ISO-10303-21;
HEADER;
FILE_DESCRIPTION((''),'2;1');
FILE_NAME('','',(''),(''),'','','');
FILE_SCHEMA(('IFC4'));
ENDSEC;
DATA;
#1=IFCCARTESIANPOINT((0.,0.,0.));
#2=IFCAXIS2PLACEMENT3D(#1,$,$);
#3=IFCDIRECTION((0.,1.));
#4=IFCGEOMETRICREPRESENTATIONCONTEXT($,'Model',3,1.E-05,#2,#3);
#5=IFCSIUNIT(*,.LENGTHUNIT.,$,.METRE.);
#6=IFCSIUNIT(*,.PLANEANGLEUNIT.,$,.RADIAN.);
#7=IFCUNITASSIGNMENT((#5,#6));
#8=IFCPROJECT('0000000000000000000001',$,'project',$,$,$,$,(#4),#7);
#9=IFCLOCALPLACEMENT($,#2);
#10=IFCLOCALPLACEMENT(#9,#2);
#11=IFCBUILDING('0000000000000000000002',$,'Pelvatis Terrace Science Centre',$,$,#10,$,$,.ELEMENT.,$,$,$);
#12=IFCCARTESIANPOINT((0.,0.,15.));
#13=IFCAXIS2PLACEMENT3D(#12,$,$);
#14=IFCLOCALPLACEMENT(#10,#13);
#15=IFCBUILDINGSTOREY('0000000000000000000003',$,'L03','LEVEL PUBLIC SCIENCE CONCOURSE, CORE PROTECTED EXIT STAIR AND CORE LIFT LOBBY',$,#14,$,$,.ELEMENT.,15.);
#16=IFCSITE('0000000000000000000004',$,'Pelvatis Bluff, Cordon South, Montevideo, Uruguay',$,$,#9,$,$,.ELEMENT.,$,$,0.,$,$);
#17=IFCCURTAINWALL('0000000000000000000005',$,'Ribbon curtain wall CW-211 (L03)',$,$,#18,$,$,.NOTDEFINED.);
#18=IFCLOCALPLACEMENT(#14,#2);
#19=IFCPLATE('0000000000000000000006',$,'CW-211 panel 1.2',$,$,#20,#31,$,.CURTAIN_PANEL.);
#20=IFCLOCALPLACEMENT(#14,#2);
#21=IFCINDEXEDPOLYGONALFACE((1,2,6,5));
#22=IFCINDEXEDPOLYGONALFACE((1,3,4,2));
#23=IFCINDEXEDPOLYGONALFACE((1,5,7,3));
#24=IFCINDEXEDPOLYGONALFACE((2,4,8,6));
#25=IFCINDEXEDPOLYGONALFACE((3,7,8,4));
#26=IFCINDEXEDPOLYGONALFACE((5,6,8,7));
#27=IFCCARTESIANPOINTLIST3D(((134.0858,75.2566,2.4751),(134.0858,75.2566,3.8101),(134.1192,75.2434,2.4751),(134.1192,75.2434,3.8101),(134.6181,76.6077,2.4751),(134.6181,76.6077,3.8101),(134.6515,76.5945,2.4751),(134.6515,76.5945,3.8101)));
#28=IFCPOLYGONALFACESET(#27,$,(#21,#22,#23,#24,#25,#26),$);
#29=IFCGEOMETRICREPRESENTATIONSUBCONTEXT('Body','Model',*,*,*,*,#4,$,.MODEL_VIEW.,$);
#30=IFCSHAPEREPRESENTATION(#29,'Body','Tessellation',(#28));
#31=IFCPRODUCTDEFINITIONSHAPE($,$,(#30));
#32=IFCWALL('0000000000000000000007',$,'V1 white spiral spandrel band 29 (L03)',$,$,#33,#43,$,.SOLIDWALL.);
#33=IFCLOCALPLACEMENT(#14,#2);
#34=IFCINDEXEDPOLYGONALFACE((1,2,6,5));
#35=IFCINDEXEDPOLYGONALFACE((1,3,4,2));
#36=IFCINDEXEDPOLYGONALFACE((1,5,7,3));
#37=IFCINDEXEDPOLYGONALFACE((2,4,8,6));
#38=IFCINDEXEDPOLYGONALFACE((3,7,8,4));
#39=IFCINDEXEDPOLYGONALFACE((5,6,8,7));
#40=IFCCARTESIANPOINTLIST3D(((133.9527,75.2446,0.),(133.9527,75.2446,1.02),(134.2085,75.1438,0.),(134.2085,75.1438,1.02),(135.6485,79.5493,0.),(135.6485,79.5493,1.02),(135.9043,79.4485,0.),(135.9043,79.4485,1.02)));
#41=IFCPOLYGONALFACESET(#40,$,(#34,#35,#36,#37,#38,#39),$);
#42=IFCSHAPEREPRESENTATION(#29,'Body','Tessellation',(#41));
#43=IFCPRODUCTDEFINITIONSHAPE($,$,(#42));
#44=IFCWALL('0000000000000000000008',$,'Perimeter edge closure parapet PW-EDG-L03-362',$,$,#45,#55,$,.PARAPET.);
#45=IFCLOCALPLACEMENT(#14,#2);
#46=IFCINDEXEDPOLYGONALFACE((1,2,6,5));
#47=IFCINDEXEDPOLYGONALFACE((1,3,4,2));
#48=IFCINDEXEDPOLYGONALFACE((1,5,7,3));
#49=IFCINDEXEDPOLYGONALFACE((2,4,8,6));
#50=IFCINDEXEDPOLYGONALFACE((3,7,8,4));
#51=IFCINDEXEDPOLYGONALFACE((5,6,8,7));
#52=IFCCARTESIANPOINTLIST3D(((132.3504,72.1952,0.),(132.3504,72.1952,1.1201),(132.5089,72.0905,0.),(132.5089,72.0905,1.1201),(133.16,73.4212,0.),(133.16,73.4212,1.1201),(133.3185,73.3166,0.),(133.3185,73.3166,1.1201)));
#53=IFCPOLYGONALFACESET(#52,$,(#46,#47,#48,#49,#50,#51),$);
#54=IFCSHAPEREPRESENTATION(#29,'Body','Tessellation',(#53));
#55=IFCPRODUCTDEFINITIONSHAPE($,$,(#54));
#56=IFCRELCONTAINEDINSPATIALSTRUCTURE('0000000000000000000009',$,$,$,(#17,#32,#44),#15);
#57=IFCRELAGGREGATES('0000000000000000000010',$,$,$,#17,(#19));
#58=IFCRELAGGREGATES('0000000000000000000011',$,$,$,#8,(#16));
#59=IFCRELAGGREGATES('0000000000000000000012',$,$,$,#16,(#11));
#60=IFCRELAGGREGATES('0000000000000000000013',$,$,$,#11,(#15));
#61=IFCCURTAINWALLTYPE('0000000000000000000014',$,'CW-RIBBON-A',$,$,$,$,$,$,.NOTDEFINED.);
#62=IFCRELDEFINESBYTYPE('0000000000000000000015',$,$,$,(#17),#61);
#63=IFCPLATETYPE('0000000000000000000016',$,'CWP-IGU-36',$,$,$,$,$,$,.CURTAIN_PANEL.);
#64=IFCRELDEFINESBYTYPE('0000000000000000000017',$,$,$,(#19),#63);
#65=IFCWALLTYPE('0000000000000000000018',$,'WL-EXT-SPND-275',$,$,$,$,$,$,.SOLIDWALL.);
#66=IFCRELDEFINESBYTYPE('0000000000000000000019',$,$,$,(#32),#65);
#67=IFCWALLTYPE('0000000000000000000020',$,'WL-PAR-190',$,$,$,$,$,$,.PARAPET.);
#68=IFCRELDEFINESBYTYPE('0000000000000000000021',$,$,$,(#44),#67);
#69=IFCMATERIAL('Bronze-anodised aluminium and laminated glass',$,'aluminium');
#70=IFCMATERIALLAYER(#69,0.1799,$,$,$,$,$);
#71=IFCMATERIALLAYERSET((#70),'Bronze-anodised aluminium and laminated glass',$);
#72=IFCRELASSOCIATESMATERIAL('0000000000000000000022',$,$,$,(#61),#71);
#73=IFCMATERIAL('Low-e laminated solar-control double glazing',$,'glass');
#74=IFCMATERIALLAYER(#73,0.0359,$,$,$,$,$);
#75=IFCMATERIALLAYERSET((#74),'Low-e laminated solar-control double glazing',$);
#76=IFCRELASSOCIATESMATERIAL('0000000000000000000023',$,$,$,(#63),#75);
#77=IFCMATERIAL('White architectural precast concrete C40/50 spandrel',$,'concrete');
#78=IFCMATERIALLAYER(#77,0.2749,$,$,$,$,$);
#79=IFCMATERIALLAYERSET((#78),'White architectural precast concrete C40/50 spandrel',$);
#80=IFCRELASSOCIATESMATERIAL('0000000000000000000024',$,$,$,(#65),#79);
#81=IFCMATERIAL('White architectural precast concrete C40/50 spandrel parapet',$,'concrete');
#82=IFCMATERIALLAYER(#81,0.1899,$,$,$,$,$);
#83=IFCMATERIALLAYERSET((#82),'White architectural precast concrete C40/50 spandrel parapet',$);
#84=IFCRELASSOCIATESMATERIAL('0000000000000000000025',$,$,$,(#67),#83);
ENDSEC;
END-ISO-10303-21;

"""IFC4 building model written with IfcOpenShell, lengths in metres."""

from ifc_helpers import new_model, si_unit, direction, frame, frame_2d, origin, origin_2d, place, context, subcontext, project, spatial, rectangle, extrude, material, layer, layer_set, type_object, element, aggregate, save


model = new_model("IFC4")

# Units and contexts
model_context = context("Model", 3, precision=1e-05, world=origin(), true_north=direction((0.0, 1.0)))
body_context = subcontext(model_context, "Body", "Model", "MODEL_VIEW")
ifc_project = project(units=[si_unit("LENGTHUNIT", "METRE"), si_unit("PLANEANGLEUNIT", "RADIAN")], contexts=[model_context])

# Site, building, storey
site_placement = place(None, origin())
site = spatial("IfcSite", under=ifc_project, at=site_placement, Name="Pelvatis Bluff, Cordon South, Montevideo, Uruguay", CompositionType="ELEMENT", RefElevation=0.0)
building_placement = place(site_placement, origin())
building = spatial("IfcBuilding", under=site, at=building_placement, Name="Pelvatis Terrace Science Centre", CompositionType="ELEMENT")
storey_placement = place(building_placement, frame((0.0, 0.0, 15.0)))
storey = spatial("IfcBuildingStorey", under=building, at=storey_placement, Name="L03", Description="LEVEL PUBLIC SCIENCE CONCOURSE, CORE PROTECTED EXIT STAIR AND CORE LIFT LOBBY", CompositionType="ELEMENT", Elevation=15.0)

# Shared definitions
ifc_material_1 = material(Name="Bronze-anodised aluminium and laminated glass", Category="aluminium")
ifc_layer_1 = layer(ifc_material_1, 0.1799)
ifc_layer_set_1 = layer_set([ifc_layer_1], Name="Bronze-anodised aluminium and laminated glass")
curtain_wall_type = type_object("IfcCurtainWallType", Name="CW-RIBBON-A", PredefinedType="NOTDEFINED", material=ifc_layer_set_1)

# Curtain wall
curtain_wall_1_placement = place(storey_placement, origin())
curtain_wall_1 = element("IfcCurtainWall", 1, at=curtain_wall_1_placement, inside=storey, type_object=curtain_wall_type, Name="Ribbon curtain wall CW-211 (L03)", PredefinedType="NOTDEFINED")

# Plate
ifc_material_2 = material(Name="Low-e laminated solar-control double glazing", Category="glass")
ifc_layer_2 = layer(ifc_material_2, 0.0359)
ifc_layer_set_2 = layer_set([ifc_layer_2], Name="Low-e laminated solar-control double glazing")
plate_type = type_object("IfcPlateType", Name="CWP-IGU-36", PredefinedType="CURTAIN_PANEL", material=ifc_layer_set_2)
plate_1_placement = place(storey_placement, frame((134.3687, 75.9255, 2.4751), z_axis=(0.0, 0.0, 1.0), x_axis=(0.366541, 0.930402, 0.0)))
plate_1 = element("IfcPlate", 2, at=plate_1_placement, type_object=plate_type, Name="CW-211 panel 1.2", PredefinedType="CURTAIN_PANEL", context=body_context, shape_type="SweptSolid", body=[
    extrude(rectangle(XDim=1.4521, YDim=0.0359, at=origin_2d()), origin(), (0.0, 0.0, 1.0), 1.335),
])
aggregate(curtain_wall_1, [plate_1])

# Walls
ifc_material_3 = material(Name="White architectural precast concrete C40/50 spandrel", Category="concrete")
ifc_layer_3 = layer(ifc_material_3, 0.2749)
ifc_layer_set_3 = layer_set([ifc_layer_3], Name="White architectural precast concrete C40/50 spandrel")
wall_type_1 = type_object("IfcWallType", Name="WL-EXT-SPND-275", PredefinedType="SOLIDWALL", material=ifc_layer_set_3)
wall_1_placement = place(storey_placement, frame((134.0806, 75.1941, 0.0), z_axis=(0.0, 0.0, 1.0), x_axis=(0.366527, 0.930407, 0.0)))
element("IfcWall", 3, at=wall_1_placement, inside=storey, type_object=wall_type_1, Name="V1 white spiral spandrel band 29 (L03)", PredefinedType="SOLIDWALL", context=body_context, shape_type="SweptSolid", body=[
    extrude(rectangle(XDim=4.6267, YDim=0.2749, at=frame_2d((2.3135, 0.0))), origin(), (0.0, 0.0, 1.0), 1.02),
])
ifc_material_4 = material(Name="White architectural precast concrete C40/50 spandrel parapet", Category="concrete")
ifc_layer_4 = layer(ifc_material_4, 0.1899)
ifc_layer_set_4 = layer_set([ifc_layer_4], Name="White architectural precast concrete C40/50 spandrel parapet")
wall_type_2 = type_object("IfcWallType", Name="WL-PAR-190", PredefinedType="PARAPET", material=ifc_layer_set_4)
wall_2_placement = place(storey_placement, frame((133.2393, 73.3689, 0.0), z_axis=(0.0, 0.0, 1.0), x_axis=(-0.551014, -0.834496, 0.0)))
element("IfcWall", 4, at=wall_2_placement, inside=storey, type_object=wall_type_2, Name="Perimeter edge closure parapet PW-EDG-L03-362", PredefinedType="PARAPET", context=body_context, shape_type="SweptSolid", body=[
    extrude(rectangle(XDim=1.4692, YDim=0.1899, at=frame_2d((0.7346, 0.0))), origin(), (0.0, 0.0, 1.0), 1.1201),
])

save(model, "model.ifc")
